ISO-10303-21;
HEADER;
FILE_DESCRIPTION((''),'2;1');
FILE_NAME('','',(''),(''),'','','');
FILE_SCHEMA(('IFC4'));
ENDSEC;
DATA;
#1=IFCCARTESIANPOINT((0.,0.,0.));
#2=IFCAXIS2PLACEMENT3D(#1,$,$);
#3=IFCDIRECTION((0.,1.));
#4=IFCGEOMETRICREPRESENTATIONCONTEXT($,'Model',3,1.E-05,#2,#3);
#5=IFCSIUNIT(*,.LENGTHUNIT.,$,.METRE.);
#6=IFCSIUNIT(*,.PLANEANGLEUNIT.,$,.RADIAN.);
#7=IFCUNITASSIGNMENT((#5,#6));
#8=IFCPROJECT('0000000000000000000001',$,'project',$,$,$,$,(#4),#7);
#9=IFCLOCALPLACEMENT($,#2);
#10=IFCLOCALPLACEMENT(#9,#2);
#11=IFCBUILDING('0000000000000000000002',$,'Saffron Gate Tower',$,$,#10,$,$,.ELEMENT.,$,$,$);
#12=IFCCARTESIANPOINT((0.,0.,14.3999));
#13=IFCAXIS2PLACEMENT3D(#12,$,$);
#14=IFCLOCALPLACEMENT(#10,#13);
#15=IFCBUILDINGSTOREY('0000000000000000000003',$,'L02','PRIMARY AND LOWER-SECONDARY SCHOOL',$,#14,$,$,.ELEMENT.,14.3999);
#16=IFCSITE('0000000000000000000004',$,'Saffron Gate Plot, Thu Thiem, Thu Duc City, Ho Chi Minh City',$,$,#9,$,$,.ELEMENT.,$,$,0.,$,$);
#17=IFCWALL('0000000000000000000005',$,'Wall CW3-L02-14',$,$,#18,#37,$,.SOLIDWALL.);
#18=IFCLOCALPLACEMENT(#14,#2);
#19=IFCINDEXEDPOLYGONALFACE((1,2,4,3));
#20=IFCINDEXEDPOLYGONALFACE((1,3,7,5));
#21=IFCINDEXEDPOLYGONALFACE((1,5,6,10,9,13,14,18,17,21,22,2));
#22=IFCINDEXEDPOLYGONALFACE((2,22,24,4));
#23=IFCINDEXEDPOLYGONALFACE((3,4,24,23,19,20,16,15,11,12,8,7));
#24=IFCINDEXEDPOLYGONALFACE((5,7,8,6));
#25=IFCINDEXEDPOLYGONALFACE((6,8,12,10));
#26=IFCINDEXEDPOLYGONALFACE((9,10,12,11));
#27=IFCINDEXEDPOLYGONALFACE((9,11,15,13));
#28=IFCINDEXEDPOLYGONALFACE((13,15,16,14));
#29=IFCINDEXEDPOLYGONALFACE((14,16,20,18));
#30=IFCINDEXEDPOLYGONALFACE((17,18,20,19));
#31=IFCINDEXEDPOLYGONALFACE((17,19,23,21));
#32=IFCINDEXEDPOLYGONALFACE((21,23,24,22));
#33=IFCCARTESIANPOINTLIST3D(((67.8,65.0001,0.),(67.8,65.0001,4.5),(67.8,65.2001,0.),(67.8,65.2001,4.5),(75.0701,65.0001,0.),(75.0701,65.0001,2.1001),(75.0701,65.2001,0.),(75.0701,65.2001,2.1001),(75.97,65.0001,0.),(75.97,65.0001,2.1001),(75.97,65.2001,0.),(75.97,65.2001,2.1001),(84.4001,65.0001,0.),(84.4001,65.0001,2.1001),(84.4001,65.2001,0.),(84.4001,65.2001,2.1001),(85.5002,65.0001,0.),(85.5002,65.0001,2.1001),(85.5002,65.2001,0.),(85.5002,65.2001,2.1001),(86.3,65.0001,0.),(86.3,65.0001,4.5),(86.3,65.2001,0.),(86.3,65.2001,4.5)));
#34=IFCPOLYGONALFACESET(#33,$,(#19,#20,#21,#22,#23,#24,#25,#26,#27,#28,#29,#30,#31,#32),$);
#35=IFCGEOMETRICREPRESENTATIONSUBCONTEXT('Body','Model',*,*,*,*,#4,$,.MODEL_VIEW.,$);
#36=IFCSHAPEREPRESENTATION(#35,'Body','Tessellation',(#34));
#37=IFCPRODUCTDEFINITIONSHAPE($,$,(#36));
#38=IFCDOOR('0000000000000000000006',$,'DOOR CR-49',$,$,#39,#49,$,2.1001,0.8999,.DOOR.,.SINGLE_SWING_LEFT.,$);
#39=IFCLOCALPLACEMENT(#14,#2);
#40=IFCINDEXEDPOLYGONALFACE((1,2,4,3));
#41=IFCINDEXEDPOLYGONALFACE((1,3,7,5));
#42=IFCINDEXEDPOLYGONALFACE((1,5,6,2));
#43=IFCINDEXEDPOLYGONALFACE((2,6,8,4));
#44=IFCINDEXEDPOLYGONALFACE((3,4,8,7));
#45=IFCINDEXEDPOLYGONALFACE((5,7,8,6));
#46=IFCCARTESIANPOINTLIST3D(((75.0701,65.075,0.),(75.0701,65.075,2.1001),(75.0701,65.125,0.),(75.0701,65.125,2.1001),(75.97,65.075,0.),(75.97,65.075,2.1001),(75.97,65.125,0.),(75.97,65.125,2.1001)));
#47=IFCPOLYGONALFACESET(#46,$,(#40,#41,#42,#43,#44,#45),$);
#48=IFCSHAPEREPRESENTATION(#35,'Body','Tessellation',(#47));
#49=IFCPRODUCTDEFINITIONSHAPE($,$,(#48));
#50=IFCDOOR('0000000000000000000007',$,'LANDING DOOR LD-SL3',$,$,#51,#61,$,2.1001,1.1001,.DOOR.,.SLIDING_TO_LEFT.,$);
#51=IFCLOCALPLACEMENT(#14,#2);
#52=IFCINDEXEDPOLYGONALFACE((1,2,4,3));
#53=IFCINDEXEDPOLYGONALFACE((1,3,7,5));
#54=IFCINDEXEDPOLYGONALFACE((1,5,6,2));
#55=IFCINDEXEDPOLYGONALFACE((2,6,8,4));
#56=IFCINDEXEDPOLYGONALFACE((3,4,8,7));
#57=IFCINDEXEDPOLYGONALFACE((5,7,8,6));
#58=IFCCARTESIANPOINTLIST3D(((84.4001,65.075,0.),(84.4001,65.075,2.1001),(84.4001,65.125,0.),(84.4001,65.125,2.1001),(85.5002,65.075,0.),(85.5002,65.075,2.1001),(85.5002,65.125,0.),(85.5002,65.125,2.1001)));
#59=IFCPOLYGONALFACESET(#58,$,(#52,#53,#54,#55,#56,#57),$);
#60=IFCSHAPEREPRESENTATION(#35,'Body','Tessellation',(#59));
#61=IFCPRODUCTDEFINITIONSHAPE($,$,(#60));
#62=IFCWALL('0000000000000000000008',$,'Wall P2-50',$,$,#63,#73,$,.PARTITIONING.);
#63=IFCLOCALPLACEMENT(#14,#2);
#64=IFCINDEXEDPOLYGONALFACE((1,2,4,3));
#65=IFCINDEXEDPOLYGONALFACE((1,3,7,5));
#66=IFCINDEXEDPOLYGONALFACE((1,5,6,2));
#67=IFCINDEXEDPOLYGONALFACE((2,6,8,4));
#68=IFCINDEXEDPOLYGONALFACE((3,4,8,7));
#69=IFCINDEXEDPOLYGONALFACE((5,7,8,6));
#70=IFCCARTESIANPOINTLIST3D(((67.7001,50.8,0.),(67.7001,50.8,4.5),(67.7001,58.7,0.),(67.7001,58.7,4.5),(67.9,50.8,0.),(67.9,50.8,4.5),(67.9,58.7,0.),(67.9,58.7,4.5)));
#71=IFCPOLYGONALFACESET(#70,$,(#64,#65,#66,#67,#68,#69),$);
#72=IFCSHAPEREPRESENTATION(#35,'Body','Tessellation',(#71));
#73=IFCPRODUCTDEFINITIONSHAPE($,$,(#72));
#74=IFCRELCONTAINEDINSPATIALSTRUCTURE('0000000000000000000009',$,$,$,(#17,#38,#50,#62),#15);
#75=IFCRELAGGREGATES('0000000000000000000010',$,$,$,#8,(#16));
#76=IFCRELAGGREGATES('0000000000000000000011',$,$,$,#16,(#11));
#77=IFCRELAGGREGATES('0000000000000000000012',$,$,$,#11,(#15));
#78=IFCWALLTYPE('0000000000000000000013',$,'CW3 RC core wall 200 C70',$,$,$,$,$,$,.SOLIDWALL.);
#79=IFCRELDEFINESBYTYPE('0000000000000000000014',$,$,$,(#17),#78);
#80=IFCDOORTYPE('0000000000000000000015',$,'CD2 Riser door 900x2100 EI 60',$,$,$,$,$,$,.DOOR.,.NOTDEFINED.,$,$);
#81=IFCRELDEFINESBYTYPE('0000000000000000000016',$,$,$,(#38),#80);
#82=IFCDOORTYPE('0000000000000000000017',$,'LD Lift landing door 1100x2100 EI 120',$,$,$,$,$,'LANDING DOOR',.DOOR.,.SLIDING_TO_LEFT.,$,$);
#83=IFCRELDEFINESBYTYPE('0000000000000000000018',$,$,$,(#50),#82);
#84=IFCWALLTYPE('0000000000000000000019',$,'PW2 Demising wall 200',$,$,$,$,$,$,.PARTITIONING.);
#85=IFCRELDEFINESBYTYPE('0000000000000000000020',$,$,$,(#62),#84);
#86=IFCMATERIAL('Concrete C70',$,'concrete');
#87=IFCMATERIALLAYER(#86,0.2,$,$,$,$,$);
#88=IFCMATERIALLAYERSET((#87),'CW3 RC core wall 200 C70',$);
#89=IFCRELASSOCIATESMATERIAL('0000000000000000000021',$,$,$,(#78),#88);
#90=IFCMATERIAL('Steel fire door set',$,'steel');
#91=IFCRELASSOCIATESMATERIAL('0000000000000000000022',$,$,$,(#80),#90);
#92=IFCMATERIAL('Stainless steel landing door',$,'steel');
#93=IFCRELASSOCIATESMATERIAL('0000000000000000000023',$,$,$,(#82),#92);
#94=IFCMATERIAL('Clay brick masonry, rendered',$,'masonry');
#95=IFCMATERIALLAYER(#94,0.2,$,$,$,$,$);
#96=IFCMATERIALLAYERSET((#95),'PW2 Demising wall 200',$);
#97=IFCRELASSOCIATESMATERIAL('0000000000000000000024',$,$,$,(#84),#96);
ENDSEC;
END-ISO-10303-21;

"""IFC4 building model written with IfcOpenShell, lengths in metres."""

from ifc_helpers import new_model, si_unit, direction, frame, frame_2d, origin, place, context, subcontext, project, spatial, rectangle, extrude, material, layer, layer_set, type_object, element, fill, save


model = new_model("IFC4")

# Units and contexts
model_context = context("Model", 3, precision=1e-05, world=origin(), true_north=direction((0.0, 1.0)))
body_context = subcontext(model_context, "Body", "Model", "MODEL_VIEW")
ifc_project = project(units=[si_unit("LENGTHUNIT", "METRE"), si_unit("PLANEANGLEUNIT", "RADIAN")], contexts=[model_context])

# Site, building, storey
site_placement = place(None, origin())
site = spatial("IfcSite", under=ifc_project, at=site_placement, Name="Saffron Gate Plot, Thu Thiem, Thu Duc City, Ho Chi Minh City", CompositionType="ELEMENT", RefElevation=0.0)
building_placement = place(site_placement, origin())
building = spatial("IfcBuilding", under=site, at=building_placement, Name="Saffron Gate Tower", CompositionType="ELEMENT")
storey_placement = place(building_placement, frame((0.0, 0.0, 14.3999)))
storey = spatial("IfcBuildingStorey", under=building, at=storey_placement, Name="L02", Description="PRIMARY AND LOWER-SECONDARY SCHOOL", CompositionType="ELEMENT", Elevation=14.3999)

# Shared definitions
ifc_material_1 = material(Name="Concrete C70", Category="concrete")
ifc_material_2 = material(Name="Steel fire door set", Category="steel")

# Wall, openings, doors
ifc_layer_1 = layer(ifc_material_1, 0.2)
ifc_layer_set_1 = layer_set([ifc_layer_1], Name="CW3 RC core wall 200 C70")
wall_type_1 = type_object("IfcWallType", Name="CW3 RC core wall 200 C70", PredefinedType="SOLIDWALL", material=ifc_layer_set_1)
wall_1_placement = place(storey_placement, frame((67.8, 65.1001, 0.0), z_axis=(0.0, 0.0, 1.0), x_axis=(1.0, 0.0, 0.0)))
wall_1 = element("IfcWall", 1, at=wall_1_placement, inside=storey, type_object=wall_type_1, Name="Wall CW3-L02-14", PredefinedType="SOLIDWALL", context=body_context, shape_type="SweptSolid", body=[
    extrude(rectangle(XDim=18.5, YDim=0.2, at=frame_2d((9.25, 0.0))), origin(), (0.0, 0.0, 1.0), 4.5),
])
opening_1_placement = place(wall_1_placement, frame((7.27, 0.0, 0.0)))
opening_1 = element("IfcOpeningElement", 2, at=opening_1_placement, cuts=wall_1, PredefinedType="OPENING", context=body_context, shape_type="SweptSolid", body=[
    extrude(rectangle(XDim=0.8999, YDim=2.1001, at=frame_2d((0.45, 1.05))), frame((0.0, 0.1099, 0.0), z_axis=(0.0, -1.0, 0.0), x_axis=(1.0, 0.0, 0.0)), (0.0, 0.0, 1.0), 0.22),
])
opening_2_placement = place(wall_1_placement, frame((16.6001, 0.0, 0.0)))
opening_2 = element("IfcOpeningElement", 3, at=opening_2_placement, cuts=wall_1, PredefinedType="OPENING", context=body_context, shape_type="SweptSolid", body=[
    extrude(rectangle(XDim=1.1001, YDim=2.1001, at=frame_2d((0.55, 1.05))), frame((0.0, 0.1099, 0.0), z_axis=(0.0, -1.0, 0.0), x_axis=(1.0, 0.0, 0.0)), (0.0, 0.0, 1.0), 0.22),
])
door_type_1 = type_object("IfcDoorType", Name="CD2 Riser door 900x2100 EI 60", OperationType="NOTDEFINED", PredefinedType="DOOR", material=ifc_material_2)
door_1_placement = place(opening_1_placement, origin())
door_1 = element("IfcDoor", 4, at=door_1_placement, inside=storey, type_object=door_type_1, Name="DOOR CR-49", OperationType="SINGLE_SWING_LEFT", OverallHeight=2.1001, OverallWidth=0.8999, PredefinedType="DOOR", context=body_context, shape_type="SweptSolid", body=[
    extrude(rectangle(XDim=0.8999, YDim=2.1001, at=frame_2d((0.45, 1.05))), frame((0.0, 0.0249, 0.0), z_axis=(0.0, -1.0, 0.0), x_axis=(1.0, 0.0, 0.0)), (0.0, 0.0, 1.0), 0.05),
])
fill(opening_1, door_1)
ifc_material_3 = material(Name="Stainless steel landing door", Category="steel")
door_type_2 = type_object("IfcDoorType", Name="LD Lift landing door 1100x2100 EI 120", ElementType="LANDING DOOR", OperationType="SLIDING_TO_LEFT", PredefinedType="DOOR", material=ifc_material_3)
door_2_placement = place(opening_2_placement, origin())
door_2 = element("IfcDoor", 5, at=door_2_placement, inside=storey, type_object=door_type_2, Name="LANDING DOOR LD-SL3", OperationType="SLIDING_TO_LEFT", OverallHeight=2.1001, OverallWidth=1.1001, PredefinedType="DOOR", context=body_context, shape_type="SweptSolid", body=[
    extrude(rectangle(XDim=1.1001, YDim=2.1001, at=frame_2d((0.55, 1.05))), frame((0.0, 0.0249, 0.0), z_axis=(0.0, -1.0, 0.0), x_axis=(1.0, 0.0, 0.0)), (0.0, 0.0, 1.0), 0.05),
])
fill(opening_2, door_2)

# Wall
ifc_material_4 = material(Name="Clay brick masonry, rendered", Category="masonry")
ifc_layer_2 = layer(ifc_material_4, 0.2)
ifc_layer_set_2 = layer_set([ifc_layer_2], Name="PW2 Demising wall 200")
wall_type_2 = type_object("IfcWallType", Name="PW2 Demising wall 200", PredefinedType="PARTITIONING", material=ifc_layer_set_2)
wall_2_placement = place(storey_placement, frame((67.8, 58.7, 0.0), z_axis=(0.0, 0.0, 1.0), x_axis=(0.0, -1.0, 0.0)))
element("IfcWall", 6, at=wall_2_placement, inside=storey, type_object=wall_type_2, Name="Wall P2-50", PredefinedType="PARTITIONING", context=body_context, shape_type="SweptSolid", body=[
    extrude(rectangle(XDim=7.8999, YDim=0.2, at=frame_2d((3.95, 0.0))), origin(), (0.0, 0.0, 1.0), 4.5),
])

save(model, "model.ifc")
